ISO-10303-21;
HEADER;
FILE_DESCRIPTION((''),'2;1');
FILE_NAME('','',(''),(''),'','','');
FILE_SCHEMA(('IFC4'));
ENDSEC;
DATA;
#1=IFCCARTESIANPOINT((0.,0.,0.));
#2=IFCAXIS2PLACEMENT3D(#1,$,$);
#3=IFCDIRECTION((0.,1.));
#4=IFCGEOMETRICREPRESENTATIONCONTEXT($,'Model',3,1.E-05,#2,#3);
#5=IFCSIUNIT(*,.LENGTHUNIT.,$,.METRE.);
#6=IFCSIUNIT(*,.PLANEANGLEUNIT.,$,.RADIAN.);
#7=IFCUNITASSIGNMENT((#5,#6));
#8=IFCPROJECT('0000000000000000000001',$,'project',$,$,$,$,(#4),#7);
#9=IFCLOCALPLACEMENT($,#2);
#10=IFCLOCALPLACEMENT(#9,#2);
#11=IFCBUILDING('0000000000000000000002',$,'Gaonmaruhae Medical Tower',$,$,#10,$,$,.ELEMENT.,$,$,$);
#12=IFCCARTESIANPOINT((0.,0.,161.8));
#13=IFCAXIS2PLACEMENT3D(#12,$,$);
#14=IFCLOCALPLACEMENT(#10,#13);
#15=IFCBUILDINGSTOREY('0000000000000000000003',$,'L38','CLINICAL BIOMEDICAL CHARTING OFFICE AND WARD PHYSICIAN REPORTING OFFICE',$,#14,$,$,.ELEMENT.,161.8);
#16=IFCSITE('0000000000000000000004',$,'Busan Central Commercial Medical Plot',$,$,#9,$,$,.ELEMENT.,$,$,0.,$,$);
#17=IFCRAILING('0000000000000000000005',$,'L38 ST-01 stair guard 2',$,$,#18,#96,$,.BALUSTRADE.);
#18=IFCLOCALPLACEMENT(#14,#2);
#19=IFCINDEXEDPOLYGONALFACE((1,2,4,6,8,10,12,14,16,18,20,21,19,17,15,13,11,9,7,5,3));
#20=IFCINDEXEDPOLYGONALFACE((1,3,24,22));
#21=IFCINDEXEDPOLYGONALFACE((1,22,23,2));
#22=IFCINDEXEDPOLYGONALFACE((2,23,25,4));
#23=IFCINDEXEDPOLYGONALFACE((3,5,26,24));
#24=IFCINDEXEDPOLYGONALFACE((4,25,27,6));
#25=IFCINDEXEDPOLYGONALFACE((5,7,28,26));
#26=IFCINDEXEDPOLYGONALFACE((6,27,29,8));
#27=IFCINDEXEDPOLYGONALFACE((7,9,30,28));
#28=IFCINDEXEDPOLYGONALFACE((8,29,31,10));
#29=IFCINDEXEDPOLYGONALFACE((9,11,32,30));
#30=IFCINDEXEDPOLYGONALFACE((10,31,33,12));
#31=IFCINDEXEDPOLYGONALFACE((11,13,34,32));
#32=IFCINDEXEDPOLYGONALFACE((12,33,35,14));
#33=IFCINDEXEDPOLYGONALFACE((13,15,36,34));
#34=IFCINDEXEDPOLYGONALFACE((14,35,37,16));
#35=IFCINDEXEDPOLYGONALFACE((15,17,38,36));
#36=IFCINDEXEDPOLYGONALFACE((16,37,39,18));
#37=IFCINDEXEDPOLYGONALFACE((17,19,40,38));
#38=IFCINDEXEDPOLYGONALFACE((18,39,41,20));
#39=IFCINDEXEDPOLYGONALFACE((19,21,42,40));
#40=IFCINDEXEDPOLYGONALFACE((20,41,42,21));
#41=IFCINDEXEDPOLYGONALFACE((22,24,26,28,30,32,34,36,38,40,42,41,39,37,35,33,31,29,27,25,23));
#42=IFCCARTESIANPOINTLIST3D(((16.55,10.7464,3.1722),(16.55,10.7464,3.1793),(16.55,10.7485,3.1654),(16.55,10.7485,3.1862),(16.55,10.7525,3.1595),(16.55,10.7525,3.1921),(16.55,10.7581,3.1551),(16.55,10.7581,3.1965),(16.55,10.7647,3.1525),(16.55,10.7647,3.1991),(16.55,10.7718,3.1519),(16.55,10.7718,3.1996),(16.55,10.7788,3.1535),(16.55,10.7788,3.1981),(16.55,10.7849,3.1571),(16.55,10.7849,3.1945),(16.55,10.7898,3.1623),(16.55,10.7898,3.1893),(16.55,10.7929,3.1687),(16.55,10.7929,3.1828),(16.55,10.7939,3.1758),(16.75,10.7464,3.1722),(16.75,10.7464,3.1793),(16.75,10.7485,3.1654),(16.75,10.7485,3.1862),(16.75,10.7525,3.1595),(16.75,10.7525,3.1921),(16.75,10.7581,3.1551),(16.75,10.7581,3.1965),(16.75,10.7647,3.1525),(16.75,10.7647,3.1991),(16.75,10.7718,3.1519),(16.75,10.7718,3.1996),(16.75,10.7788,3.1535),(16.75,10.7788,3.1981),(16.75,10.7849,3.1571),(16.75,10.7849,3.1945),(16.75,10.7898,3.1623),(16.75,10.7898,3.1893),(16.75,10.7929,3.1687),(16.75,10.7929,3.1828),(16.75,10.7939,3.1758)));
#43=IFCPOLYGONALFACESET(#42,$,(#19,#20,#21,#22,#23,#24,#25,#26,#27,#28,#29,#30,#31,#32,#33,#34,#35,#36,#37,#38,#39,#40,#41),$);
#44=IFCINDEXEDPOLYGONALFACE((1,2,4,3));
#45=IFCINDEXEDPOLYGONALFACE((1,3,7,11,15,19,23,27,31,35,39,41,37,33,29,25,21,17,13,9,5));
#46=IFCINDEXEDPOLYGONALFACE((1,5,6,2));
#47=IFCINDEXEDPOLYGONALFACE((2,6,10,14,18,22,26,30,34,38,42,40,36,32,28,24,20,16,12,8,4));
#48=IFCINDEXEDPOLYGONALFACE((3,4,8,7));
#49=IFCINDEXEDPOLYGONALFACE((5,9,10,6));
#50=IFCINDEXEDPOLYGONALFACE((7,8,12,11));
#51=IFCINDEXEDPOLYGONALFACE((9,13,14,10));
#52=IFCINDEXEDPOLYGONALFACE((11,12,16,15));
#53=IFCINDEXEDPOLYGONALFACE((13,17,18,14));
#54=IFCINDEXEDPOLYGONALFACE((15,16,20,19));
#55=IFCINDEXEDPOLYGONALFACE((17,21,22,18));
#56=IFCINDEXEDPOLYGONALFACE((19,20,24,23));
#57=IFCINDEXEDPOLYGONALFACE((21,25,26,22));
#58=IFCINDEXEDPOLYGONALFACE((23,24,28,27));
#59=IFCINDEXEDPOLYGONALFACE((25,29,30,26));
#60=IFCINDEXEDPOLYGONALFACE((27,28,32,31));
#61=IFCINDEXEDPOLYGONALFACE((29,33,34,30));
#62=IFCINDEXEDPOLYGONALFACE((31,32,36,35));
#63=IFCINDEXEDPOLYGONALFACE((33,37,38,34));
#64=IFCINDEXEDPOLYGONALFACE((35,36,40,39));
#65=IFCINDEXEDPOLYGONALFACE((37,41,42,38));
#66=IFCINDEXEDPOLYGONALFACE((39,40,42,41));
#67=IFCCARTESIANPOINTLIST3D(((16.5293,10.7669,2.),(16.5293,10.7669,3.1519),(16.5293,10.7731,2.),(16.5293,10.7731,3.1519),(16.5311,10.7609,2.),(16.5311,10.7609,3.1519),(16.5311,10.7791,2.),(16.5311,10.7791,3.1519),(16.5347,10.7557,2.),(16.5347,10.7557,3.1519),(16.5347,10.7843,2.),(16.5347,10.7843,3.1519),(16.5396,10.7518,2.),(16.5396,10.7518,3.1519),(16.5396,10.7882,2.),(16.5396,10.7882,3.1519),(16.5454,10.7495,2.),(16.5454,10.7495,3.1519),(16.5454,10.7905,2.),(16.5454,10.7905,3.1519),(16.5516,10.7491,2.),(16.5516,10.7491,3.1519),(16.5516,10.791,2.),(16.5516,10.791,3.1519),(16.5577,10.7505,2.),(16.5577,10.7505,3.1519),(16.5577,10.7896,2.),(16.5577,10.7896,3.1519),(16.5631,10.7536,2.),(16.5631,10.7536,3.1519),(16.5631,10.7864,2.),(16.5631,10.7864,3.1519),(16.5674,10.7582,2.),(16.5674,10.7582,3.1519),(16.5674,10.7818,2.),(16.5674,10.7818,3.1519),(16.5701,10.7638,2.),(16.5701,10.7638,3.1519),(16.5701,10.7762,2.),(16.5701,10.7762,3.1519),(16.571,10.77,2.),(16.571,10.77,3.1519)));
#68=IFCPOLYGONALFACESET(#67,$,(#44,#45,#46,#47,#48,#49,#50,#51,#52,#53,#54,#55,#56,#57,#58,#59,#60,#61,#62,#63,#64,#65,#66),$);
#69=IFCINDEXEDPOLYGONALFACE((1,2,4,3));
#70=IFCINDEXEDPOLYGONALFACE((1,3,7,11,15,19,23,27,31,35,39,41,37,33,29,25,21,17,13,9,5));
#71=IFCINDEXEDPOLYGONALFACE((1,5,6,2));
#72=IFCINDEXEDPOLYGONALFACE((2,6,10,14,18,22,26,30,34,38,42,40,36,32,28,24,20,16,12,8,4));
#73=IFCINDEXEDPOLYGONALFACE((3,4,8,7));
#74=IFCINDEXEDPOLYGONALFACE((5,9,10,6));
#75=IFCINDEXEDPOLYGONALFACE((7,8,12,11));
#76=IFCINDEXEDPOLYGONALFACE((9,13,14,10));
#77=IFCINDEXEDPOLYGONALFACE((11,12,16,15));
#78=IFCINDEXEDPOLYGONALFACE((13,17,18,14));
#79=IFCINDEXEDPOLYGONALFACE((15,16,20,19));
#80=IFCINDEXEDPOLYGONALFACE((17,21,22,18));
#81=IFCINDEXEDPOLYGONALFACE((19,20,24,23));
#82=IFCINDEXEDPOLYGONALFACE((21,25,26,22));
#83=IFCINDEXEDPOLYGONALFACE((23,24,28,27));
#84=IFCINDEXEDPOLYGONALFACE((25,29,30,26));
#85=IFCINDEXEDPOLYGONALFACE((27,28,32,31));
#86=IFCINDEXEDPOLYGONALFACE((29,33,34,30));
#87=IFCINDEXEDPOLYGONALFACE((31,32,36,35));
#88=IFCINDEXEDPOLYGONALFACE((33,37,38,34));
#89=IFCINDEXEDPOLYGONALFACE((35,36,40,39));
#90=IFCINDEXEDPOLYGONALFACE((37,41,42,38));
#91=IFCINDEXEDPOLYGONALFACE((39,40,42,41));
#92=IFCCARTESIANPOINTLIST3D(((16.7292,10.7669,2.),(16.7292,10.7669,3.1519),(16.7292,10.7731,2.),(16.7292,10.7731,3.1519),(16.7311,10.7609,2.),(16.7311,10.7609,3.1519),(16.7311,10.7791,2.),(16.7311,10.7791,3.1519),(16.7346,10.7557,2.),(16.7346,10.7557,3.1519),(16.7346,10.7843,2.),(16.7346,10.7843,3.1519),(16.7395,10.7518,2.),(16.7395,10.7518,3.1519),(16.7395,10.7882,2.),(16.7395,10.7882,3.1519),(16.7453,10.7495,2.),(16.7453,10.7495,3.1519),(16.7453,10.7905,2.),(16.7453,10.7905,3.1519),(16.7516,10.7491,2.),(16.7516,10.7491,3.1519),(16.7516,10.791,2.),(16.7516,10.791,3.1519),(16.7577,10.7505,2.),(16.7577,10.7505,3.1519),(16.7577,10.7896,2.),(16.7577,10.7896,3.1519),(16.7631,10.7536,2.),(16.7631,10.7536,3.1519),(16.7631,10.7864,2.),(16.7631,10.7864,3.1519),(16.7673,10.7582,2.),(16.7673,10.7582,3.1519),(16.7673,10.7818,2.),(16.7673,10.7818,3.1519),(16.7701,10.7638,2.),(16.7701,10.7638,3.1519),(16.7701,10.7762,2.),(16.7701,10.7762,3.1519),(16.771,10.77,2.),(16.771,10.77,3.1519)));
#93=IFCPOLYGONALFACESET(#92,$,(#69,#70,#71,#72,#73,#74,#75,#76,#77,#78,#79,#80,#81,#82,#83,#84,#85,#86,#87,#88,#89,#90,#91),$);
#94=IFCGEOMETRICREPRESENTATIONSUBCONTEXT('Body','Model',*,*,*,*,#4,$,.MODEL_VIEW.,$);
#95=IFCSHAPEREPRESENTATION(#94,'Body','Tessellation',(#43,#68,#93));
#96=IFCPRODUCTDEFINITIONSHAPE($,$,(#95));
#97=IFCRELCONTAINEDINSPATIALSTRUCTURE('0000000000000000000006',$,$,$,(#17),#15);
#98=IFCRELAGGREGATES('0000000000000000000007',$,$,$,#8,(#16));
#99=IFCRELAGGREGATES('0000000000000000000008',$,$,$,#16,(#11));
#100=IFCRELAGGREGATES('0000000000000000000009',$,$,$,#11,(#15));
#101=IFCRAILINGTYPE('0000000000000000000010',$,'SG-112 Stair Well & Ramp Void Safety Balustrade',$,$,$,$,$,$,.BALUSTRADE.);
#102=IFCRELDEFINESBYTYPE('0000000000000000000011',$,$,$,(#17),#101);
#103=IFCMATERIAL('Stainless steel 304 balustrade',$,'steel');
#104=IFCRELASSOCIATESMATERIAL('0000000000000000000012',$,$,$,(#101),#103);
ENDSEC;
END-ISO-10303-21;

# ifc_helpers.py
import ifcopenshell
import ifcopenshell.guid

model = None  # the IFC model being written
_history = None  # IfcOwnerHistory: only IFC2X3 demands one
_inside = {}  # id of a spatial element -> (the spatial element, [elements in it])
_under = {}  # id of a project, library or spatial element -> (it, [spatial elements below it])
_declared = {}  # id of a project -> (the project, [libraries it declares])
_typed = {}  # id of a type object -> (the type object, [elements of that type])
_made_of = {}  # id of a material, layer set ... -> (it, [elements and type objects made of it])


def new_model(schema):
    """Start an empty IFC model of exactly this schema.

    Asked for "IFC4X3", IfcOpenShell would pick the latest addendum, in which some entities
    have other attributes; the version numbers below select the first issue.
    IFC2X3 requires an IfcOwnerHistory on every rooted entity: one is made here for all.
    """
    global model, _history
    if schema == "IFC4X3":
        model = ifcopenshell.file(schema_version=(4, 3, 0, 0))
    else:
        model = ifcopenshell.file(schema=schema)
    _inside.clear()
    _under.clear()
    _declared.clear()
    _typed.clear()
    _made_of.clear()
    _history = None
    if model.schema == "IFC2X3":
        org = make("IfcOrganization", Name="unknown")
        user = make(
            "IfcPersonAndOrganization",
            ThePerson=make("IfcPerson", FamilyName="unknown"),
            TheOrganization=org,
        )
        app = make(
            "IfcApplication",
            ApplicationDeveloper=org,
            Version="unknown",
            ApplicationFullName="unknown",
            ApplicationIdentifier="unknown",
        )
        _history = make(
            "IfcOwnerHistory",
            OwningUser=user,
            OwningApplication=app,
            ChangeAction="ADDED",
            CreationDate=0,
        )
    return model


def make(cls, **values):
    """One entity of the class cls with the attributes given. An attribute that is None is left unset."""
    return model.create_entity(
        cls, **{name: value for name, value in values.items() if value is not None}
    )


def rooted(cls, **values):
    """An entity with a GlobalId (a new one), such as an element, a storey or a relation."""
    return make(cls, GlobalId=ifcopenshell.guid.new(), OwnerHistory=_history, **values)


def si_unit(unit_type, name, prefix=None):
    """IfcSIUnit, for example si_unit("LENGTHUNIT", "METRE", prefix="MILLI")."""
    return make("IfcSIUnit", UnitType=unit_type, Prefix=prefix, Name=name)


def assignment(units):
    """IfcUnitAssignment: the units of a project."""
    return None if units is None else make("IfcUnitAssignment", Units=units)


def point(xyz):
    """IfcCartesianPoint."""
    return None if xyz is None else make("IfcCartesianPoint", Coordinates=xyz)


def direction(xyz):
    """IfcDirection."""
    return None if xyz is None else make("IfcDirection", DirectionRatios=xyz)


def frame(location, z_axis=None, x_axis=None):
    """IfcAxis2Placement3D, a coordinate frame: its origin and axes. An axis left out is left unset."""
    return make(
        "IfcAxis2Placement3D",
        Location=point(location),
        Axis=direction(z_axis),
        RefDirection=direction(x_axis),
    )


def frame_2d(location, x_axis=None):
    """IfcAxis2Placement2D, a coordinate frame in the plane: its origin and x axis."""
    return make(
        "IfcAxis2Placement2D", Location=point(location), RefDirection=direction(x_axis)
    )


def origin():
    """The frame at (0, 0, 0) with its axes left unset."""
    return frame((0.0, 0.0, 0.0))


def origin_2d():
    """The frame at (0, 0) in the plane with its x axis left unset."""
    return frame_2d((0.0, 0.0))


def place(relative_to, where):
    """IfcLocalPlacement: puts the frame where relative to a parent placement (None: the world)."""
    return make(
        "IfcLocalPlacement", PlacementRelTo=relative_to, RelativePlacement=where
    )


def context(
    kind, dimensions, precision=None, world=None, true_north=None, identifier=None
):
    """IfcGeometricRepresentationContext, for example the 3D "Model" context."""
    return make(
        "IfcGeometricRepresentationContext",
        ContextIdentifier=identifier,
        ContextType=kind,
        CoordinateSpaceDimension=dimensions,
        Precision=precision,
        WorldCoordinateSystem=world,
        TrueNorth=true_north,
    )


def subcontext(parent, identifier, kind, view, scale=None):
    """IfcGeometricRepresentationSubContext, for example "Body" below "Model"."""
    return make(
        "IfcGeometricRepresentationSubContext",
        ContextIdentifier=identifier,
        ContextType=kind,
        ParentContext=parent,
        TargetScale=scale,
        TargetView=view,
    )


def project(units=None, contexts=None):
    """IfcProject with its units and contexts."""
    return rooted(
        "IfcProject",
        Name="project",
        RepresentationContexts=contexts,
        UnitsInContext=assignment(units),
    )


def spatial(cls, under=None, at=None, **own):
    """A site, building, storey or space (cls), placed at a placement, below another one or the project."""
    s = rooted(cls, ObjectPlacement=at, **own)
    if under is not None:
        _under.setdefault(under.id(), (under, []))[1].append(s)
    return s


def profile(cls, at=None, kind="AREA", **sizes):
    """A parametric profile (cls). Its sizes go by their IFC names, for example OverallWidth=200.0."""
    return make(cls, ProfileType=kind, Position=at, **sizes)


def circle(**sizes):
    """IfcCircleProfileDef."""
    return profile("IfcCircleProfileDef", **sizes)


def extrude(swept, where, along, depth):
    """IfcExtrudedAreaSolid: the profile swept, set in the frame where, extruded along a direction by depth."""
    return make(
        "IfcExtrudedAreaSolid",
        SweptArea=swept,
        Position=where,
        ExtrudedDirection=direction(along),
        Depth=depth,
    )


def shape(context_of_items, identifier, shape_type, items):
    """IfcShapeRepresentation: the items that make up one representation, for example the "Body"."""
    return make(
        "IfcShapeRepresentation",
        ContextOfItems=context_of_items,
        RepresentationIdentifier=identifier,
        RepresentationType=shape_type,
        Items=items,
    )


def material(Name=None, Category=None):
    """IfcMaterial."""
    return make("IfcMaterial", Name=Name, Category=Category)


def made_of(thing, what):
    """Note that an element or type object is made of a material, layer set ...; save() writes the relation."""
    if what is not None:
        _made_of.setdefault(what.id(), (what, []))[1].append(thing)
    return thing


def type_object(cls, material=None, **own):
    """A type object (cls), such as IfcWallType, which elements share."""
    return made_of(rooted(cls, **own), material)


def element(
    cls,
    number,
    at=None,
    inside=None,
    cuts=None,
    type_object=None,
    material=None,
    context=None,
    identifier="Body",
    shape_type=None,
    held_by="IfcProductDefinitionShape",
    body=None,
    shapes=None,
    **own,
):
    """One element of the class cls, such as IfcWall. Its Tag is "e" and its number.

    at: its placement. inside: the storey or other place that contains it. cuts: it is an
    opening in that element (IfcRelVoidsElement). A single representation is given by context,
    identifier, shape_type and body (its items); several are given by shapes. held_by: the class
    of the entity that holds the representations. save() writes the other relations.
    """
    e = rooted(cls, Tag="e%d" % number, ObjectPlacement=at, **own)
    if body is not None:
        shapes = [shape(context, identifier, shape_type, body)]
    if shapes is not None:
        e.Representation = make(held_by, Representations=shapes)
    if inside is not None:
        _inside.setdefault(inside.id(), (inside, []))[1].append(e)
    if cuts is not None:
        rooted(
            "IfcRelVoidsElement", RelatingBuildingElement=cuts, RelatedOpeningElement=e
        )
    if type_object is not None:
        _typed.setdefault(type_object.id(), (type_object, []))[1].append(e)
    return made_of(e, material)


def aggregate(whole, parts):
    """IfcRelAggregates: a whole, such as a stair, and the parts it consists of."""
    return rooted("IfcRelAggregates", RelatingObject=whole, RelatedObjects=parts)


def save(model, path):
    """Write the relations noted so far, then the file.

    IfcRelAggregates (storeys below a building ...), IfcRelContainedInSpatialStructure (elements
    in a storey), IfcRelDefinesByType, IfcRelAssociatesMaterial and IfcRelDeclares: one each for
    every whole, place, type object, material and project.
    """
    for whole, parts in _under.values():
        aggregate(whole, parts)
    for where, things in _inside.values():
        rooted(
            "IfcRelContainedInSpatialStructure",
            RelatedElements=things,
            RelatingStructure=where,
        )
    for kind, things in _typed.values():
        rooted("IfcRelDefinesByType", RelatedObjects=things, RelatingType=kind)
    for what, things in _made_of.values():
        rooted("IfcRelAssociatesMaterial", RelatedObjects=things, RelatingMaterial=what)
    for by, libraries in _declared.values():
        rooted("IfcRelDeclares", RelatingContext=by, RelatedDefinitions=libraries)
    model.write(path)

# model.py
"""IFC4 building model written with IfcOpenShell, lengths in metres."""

from ifc_helpers import new_model, si_unit, direction, frame, origin, origin_2d, place, context, subcontext, project, spatial, circle, extrude, material, type_object, element, save


model = new_model("IFC4")

# Units and contexts
model_context = context("Model", 3, precision=1e-05, world=origin(), true_north=direction((0.0, 1.0)))
body_context = subcontext(model_context, "Body", "Model", "MODEL_VIEW")
ifc_project = project(units=[si_unit("LENGTHUNIT", "METRE"), si_unit("PLANEANGLEUNIT", "RADIAN")], contexts=[model_context])

# Site, building, storey
site_placement = place(None, origin())
site = spatial("IfcSite", under=ifc_project, at=site_placement, Name="Busan Central Commercial Medical Plot", CompositionType="ELEMENT", RefElevation=0.0)
building_placement = place(site_placement, origin())
building = spatial("IfcBuilding", under=site, at=building_placement, Name="Gaonmaruhae Medical Tower", CompositionType="ELEMENT")
storey_placement = place(building_placement, frame((0.0, 0.0, 161.8)))
storey = spatial("IfcBuildingStorey", under=building, at=storey_placement, Name="L38", Description="CLINICAL BIOMEDICAL CHARTING OFFICE AND WARD PHYSICIAN REPORTING OFFICE", CompositionType="ELEMENT", Elevation=161.8)

# Railing
ifc_material_1 = material(Name="Stainless steel 304 balustrade", Category="steel")
railing_type_1 = type_object("IfcRailingType", Name="SG-112 Stair Well & Ramp Void Safety Balustrade", PredefinedType="BALUSTRADE", material=ifc_material_1)
railing_1_placement = place(storey_placement, frame((16.55, 10.77, 2.0)))
element("IfcRailing", 1, at=railing_1_placement, inside=storey, type_object=railing_type_1, Name="L38 ST-01 stair guard 2", PredefinedType="BALUSTRADE", context=body_context, shape_type="SweptSolid", body=[
    extrude(circle(Radius=0.0239, at=origin_2d()), frame((0.0, 0.0, 1.1758), z_axis=(1.0, 0.0, 0.0), x_axis=(0.0, 1.0, 0.0)), (0.0, 0.0, 1.0), 0.2),
    extrude(circle(Radius=0.021, at=origin_2d()), origin(), (0.0, 0.0, 1.0), 1.1519),
    extrude(circle(Radius=0.021, at=origin_2d()), frame((0.2, 0.0, 0.0)), (0.0, 0.0, 1.0), 1.1519),
])

save(model, "model.ifc")
